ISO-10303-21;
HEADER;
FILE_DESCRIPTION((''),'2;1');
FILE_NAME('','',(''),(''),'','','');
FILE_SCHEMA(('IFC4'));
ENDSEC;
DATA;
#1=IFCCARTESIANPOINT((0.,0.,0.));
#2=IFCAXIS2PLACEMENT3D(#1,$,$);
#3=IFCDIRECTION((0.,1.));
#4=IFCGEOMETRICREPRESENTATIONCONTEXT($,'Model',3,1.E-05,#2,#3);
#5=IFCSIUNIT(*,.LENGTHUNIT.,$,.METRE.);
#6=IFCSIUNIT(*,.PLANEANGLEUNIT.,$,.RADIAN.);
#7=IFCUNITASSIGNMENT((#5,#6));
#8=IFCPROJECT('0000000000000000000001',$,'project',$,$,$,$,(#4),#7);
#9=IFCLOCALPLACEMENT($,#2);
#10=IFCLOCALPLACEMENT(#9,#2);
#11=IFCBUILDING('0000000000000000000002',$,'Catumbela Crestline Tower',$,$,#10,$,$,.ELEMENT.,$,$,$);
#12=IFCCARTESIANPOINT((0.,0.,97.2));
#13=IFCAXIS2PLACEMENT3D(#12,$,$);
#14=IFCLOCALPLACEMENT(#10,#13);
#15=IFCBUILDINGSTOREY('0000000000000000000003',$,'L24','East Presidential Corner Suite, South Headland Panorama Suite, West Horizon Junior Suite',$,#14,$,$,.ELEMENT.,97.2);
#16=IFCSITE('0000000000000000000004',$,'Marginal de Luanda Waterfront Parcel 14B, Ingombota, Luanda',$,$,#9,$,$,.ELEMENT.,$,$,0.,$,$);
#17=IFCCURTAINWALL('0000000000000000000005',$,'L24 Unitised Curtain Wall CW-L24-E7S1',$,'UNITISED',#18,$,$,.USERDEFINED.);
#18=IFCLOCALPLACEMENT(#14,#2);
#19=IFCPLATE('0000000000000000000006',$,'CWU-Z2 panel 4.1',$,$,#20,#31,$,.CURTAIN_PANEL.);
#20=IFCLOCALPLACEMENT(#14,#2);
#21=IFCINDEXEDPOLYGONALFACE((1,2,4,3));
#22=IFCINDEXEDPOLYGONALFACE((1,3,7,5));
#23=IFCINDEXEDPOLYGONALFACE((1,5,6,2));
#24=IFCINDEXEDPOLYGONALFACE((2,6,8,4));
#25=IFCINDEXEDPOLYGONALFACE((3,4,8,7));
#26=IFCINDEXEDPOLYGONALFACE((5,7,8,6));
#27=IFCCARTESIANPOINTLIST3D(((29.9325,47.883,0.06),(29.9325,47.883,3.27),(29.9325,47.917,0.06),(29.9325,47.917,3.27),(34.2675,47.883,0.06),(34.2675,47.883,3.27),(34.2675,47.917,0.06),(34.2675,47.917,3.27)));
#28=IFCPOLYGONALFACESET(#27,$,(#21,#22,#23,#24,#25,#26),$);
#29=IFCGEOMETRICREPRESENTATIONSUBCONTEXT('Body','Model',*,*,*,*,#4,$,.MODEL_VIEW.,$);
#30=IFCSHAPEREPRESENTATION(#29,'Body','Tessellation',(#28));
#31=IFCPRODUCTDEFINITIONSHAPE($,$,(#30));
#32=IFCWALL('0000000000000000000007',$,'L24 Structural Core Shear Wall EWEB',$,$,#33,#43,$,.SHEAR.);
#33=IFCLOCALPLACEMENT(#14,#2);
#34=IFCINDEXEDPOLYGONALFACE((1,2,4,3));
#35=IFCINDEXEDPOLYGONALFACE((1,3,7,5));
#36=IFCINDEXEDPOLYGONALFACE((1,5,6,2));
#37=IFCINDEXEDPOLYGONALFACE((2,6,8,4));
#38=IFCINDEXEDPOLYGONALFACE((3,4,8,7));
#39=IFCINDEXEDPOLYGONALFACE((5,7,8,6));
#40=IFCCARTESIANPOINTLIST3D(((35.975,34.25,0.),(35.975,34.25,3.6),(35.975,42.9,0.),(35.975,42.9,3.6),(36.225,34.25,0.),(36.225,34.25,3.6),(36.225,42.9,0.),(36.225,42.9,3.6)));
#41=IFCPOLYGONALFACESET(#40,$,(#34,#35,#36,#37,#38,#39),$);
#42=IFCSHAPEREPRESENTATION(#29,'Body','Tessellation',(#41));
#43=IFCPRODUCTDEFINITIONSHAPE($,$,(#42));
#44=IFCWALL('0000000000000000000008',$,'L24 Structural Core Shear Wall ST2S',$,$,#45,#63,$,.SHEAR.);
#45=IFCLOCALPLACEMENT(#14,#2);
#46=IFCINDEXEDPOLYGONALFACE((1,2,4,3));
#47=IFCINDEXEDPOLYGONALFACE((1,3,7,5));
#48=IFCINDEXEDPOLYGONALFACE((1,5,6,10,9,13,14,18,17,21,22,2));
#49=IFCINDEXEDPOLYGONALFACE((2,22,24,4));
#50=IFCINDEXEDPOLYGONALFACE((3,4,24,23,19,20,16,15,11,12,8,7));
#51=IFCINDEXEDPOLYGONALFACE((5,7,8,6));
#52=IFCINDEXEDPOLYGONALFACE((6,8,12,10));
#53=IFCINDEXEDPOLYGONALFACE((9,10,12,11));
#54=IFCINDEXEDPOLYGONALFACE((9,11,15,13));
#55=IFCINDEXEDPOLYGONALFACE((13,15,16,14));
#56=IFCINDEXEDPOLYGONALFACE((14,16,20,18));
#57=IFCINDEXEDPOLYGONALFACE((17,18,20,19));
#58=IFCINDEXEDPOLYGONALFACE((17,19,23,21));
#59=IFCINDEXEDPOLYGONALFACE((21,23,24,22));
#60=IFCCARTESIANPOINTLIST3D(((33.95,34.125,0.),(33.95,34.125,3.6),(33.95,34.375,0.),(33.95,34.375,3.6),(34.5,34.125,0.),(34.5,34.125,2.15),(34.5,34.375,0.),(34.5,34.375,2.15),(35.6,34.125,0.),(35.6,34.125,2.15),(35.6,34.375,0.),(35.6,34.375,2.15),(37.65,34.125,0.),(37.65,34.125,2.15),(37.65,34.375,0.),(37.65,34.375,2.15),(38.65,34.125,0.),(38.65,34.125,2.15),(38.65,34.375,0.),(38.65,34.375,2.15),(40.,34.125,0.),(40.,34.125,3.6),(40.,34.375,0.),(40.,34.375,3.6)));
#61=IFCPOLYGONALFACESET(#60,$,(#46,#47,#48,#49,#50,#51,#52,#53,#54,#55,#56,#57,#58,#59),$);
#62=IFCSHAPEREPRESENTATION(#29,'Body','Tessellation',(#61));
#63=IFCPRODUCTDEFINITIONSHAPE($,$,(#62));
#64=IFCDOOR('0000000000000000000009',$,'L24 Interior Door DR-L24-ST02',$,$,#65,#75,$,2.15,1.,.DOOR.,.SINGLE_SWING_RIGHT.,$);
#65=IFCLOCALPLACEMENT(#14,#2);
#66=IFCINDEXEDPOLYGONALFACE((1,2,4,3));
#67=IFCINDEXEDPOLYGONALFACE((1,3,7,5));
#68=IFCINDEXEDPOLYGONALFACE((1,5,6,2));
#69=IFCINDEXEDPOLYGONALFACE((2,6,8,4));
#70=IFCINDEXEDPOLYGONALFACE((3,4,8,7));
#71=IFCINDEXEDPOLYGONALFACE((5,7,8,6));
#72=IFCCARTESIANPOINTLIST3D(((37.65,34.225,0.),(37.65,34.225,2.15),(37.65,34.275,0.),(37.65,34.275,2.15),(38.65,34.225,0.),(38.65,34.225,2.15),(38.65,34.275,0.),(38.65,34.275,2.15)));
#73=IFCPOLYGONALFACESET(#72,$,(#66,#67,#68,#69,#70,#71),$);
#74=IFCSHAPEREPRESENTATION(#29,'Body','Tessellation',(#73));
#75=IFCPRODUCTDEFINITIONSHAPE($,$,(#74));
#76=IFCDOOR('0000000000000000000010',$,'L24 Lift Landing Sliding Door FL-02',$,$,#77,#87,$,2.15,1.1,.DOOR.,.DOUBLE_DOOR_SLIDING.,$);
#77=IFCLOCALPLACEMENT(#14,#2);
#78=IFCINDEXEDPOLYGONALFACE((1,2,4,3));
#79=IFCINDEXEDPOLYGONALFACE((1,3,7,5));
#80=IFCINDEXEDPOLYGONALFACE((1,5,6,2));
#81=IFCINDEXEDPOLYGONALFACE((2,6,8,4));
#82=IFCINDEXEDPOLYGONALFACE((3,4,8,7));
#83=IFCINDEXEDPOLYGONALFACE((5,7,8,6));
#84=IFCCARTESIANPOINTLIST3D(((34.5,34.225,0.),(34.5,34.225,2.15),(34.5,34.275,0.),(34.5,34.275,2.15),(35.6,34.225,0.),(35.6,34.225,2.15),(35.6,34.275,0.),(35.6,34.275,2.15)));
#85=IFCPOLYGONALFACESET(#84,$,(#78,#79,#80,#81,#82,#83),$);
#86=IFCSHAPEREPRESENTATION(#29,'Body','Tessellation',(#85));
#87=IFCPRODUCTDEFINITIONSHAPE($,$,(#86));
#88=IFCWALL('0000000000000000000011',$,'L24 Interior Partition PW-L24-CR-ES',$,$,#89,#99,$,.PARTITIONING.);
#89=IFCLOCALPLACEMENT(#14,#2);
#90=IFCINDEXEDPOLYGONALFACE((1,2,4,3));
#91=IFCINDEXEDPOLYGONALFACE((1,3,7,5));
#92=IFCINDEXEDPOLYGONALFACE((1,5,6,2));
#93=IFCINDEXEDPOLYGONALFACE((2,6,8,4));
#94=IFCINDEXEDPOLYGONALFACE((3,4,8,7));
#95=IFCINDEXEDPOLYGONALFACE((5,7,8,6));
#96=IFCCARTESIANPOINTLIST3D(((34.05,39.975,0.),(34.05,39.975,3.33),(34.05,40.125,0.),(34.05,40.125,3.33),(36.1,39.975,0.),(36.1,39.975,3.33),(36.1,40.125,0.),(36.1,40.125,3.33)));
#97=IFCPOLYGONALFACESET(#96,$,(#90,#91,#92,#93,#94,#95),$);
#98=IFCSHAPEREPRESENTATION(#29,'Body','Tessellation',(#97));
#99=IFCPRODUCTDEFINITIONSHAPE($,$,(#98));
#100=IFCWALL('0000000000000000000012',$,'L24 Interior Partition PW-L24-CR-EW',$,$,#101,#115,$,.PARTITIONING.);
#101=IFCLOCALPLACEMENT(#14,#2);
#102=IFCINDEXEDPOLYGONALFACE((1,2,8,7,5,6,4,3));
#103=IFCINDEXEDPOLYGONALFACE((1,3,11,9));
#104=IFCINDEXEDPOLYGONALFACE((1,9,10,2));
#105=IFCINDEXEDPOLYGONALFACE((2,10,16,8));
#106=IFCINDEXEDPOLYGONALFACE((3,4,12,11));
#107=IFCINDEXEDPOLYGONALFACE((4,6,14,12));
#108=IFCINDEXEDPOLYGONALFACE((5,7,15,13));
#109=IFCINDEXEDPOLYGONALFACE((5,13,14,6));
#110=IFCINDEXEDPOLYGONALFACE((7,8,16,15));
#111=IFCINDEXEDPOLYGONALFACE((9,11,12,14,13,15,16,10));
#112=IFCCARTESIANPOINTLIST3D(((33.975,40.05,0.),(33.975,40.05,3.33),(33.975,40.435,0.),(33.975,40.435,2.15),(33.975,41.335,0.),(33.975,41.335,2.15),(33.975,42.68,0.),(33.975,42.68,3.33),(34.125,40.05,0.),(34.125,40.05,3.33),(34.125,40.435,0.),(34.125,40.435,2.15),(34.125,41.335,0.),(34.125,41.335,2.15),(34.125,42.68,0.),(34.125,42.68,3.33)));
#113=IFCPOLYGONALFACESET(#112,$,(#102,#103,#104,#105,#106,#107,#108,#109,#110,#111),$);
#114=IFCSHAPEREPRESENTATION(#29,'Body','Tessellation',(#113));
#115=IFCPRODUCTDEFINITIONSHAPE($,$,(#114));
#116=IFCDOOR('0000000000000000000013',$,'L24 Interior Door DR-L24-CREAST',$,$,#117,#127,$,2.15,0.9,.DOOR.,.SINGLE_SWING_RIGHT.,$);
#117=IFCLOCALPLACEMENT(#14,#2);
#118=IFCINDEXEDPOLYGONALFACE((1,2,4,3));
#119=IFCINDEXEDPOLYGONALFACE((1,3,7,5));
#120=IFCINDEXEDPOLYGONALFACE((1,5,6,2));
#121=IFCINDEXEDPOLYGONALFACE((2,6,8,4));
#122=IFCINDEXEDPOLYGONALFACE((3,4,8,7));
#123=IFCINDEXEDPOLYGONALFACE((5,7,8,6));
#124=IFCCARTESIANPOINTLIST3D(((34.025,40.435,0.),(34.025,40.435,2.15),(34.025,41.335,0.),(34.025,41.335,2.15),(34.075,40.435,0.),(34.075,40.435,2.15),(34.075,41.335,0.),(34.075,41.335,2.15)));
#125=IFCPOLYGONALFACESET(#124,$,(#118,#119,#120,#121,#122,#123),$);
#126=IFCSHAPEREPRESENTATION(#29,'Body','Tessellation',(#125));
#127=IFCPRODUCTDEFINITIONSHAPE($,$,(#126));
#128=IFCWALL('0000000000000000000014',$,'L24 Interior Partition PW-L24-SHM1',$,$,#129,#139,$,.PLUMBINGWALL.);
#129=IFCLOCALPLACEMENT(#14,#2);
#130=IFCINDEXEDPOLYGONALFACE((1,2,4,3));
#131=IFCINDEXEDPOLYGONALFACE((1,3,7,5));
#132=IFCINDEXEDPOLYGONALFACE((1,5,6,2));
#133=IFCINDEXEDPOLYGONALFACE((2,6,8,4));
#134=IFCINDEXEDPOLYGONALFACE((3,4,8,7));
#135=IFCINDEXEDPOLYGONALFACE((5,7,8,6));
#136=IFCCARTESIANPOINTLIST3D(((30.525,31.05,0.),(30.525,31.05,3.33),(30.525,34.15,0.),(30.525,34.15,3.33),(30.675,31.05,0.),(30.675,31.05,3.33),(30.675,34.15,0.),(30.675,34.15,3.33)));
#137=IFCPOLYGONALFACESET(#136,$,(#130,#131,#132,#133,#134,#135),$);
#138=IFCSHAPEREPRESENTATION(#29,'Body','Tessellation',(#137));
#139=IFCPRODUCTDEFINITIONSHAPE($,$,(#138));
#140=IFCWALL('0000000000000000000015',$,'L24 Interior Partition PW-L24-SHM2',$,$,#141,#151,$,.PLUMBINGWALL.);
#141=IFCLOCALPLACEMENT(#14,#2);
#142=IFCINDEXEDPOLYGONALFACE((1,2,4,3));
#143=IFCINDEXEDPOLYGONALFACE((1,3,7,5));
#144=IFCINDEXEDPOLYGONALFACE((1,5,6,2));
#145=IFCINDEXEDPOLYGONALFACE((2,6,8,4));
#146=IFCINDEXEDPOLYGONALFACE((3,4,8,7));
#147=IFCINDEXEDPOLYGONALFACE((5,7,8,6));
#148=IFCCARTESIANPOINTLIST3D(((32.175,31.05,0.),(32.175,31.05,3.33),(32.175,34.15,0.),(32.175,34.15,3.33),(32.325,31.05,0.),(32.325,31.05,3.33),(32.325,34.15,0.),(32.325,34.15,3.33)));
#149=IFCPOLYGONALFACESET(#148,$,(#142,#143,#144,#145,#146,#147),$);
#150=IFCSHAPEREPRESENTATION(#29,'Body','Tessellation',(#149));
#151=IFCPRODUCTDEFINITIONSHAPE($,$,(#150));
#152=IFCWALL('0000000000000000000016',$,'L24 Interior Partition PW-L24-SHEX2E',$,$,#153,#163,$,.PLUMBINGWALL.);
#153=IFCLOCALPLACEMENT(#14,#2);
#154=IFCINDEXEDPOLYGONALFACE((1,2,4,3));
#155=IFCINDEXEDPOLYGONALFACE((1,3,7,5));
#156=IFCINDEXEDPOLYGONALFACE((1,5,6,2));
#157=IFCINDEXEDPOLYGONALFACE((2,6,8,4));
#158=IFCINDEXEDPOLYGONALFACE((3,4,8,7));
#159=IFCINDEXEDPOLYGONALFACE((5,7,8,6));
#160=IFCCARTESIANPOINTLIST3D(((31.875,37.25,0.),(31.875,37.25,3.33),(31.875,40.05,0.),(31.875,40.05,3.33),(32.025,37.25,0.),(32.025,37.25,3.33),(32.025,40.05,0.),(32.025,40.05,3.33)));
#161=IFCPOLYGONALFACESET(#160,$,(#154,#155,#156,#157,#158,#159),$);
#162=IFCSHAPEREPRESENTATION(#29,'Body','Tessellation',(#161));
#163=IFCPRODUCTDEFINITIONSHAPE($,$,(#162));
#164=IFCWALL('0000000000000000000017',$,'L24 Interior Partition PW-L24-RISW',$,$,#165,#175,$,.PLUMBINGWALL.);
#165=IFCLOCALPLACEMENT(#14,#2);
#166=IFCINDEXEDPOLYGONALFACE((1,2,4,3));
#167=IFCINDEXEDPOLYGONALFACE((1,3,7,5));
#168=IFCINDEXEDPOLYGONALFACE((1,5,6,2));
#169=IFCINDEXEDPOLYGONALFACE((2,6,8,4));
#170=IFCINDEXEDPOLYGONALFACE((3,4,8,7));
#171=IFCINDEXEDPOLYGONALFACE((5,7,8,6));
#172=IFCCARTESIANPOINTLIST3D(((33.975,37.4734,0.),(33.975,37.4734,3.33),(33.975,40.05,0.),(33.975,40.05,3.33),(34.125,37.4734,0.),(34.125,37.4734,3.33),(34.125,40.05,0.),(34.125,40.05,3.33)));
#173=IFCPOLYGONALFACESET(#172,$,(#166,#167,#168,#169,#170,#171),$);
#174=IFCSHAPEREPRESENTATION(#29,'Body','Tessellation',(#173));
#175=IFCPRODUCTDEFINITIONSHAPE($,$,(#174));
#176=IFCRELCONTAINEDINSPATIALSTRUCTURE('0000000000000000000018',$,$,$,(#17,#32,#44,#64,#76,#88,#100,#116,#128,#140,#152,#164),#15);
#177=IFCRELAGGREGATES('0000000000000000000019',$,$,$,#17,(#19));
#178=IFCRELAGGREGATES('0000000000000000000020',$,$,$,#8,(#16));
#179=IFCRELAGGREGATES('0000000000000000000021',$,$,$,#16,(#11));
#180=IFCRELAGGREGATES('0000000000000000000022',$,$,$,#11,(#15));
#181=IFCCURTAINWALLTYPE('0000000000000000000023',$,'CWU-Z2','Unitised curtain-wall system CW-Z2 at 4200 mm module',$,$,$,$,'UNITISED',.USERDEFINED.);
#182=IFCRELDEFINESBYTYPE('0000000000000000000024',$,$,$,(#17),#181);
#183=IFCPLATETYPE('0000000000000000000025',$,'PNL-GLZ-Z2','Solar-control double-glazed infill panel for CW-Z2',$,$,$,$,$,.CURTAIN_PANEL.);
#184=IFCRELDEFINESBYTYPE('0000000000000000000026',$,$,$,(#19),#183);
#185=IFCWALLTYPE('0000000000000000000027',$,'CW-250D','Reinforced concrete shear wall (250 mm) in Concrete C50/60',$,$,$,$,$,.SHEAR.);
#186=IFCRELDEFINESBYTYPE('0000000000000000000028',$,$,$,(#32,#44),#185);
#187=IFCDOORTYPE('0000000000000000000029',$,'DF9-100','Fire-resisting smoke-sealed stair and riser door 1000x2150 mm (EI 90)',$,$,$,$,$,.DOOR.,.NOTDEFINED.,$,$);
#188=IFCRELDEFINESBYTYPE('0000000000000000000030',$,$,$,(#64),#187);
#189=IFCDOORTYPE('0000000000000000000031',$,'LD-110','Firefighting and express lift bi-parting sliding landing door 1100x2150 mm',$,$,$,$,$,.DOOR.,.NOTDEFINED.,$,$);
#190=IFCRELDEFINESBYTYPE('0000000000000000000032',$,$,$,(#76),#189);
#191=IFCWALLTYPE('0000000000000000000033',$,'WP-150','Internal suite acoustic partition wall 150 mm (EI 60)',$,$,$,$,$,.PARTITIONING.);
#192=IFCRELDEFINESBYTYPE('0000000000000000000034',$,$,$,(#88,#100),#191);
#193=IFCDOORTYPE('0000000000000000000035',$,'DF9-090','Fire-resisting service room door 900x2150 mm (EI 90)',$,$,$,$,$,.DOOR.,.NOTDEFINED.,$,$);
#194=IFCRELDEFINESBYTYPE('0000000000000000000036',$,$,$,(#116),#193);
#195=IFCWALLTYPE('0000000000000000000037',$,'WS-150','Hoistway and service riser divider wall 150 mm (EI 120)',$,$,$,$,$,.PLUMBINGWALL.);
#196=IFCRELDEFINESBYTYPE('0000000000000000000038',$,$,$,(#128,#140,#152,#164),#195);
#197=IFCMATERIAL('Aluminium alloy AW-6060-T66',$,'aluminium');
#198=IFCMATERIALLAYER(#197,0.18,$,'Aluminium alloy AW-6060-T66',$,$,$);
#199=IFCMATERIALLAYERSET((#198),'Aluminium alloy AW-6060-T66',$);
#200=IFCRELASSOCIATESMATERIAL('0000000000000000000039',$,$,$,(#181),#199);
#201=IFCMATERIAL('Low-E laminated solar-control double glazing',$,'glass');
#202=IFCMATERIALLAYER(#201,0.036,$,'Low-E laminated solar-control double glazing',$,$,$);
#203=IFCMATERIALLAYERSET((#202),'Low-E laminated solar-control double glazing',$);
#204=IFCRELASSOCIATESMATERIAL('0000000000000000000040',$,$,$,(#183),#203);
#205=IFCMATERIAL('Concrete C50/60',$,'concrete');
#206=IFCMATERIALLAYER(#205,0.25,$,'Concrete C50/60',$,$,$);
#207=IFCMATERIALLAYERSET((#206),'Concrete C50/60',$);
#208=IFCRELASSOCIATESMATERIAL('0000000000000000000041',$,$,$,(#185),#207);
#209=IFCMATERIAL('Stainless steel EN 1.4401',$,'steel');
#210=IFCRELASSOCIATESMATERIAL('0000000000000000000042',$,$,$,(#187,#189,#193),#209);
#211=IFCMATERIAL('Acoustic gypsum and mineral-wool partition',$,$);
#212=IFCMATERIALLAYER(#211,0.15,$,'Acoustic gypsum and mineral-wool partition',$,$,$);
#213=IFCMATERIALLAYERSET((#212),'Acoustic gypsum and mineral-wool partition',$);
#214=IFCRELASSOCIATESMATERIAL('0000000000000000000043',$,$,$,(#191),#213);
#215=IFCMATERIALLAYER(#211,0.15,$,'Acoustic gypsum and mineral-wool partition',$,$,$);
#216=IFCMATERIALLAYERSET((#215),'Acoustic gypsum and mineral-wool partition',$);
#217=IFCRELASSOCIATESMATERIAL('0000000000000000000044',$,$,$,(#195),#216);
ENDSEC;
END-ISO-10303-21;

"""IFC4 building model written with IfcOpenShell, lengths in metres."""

from ifc_helpers import new_model, si_unit, direction, frame, frame_2d, origin, origin_2d, place, context, subcontext, project, spatial, rectangle, extrude, material, layer, layer_set, type_object, element, fill, aggregate, save


model = new_model("IFC4")

# Units and contexts
model_context = context("Model", 3, precision=1e-05, world=origin(), true_north=direction((0.0, 1.0)))
body_context = subcontext(model_context, "Body", "Model", "MODEL_VIEW")
ifc_project = project(units=[si_unit("LENGTHUNIT", "METRE"), si_unit("PLANEANGLEUNIT", "RADIAN")], contexts=[model_context])

# Site, building, storey
site_placement = place(None, origin())
site = spatial("IfcSite", under=ifc_project, at=site_placement, Name="Marginal de Luanda Waterfront Parcel 14B, Ingombota, Luanda", CompositionType="ELEMENT", RefElevation=0.0)
building_placement = place(site_placement, origin())
building = spatial("IfcBuilding", under=site, at=building_placement, Name="Catumbela Crestline Tower", CompositionType="ELEMENT")
storey_placement = place(building_placement, frame((0.0, 0.0, 97.2)))
storey = spatial("IfcBuildingStorey", under=building, at=storey_placement, Name="L24", Description="East Presidential Corner Suite, South Headland Panorama Suite, West Horizon Junior Suite", CompositionType="ELEMENT", Elevation=97.2)

# Shared definitions
ifc_material_1 = material(Name="Concrete C50/60", Category="concrete")

# Curtain wall
ifc_material_2 = material(Name="Aluminium alloy AW-6060-T66", Category="aluminium")
ifc_layer_1 = layer(ifc_material_2, 0.18, Name="Aluminium alloy AW-6060-T66")
ifc_layer_set_1 = layer_set([ifc_layer_1], Name="Aluminium alloy AW-6060-T66")
curtain_wall_type = type_object("IfcCurtainWallType", Name="CWU-Z2", Description="Unitised curtain-wall system CW-Z2 at 4200 mm module", ElementType="UNITISED", PredefinedType="USERDEFINED", material=ifc_layer_set_1)
curtain_wall_placement = place(storey_placement, origin())
curtain_wall = element("IfcCurtainWall", 1, at=curtain_wall_placement, inside=storey, type_object=curtain_wall_type, Name="L24 Unitised Curtain Wall CW-L24-E7S1", ObjectType="UNITISED", PredefinedType="USERDEFINED")

# Plate
ifc_material_3 = material(Name="Low-E laminated solar-control double glazing", Category="glass")
ifc_layer_2 = layer(ifc_material_3, 0.036, Name="Low-E laminated solar-control double glazing")
ifc_layer_set_2 = layer_set([ifc_layer_2], Name="Low-E laminated solar-control double glazing")
plate_type = type_object("IfcPlateType", Name="PNL-GLZ-Z2", Description="Solar-control double-glazed infill panel for CW-Z2", PredefinedType="CURTAIN_PANEL", material=ifc_layer_set_2)
plate_1_placement = place(storey_placement, frame((32.1, 47.9, 0.06), z_axis=(0.0, 0.0, 1.0), x_axis=(-1.0, 0.0, 0.0)))
plate_1 = element("IfcPlate", 2, at=plate_1_placement, type_object=plate_type, Name="CWU-Z2 panel 4.1", PredefinedType="CURTAIN_PANEL", context=body_context, shape_type="SweptSolid", body=[
    extrude(rectangle(XDim=4.335, YDim=0.034, at=origin_2d()), origin(), (0.0, 0.0, 1.0), 3.21),
])
aggregate(curtain_wall, [plate_1])

# Wall
ifc_layer_3 = layer(ifc_material_1, 0.25, Name="Concrete C50/60")
ifc_layer_set_3 = layer_set([ifc_layer_3], Name="Concrete C50/60")
wall_type_1 = type_object("IfcWallType", Name="CW-250D", Description="Reinforced concrete shear wall (250 mm) in Concrete C50/60", PredefinedType="SHEAR", material=ifc_layer_set_3)
wall_1_placement = place(storey_placement, frame((36.1, 34.25, 0.0), z_axis=(0.0, 0.0, 1.0), x_axis=(0.0, 1.0, 0.0)))
element("IfcWall", 3, at=wall_1_placement, inside=storey, type_object=wall_type_1, Name="L24 Structural Core Shear Wall EWEB", PredefinedType="SHEAR", context=body_context, shape_type="SweptSolid", body=[
    extrude(rectangle(XDim=8.65, YDim=0.25, at=frame_2d((4.325, 0.0))), origin(), (0.0, 0.0, 1.0), 3.6),
])

# Wall, openings, doors
wall_2_placement = place(storey_placement, frame((33.95, 34.25, 0.0), z_axis=(0.0, 0.0, 1.0), x_axis=(1.0, 0.0, 0.0)))
wall_2 = element("IfcWall", 4, at=wall_2_placement, inside=storey, type_object=wall_type_1, Name="L24 Structural Core Shear Wall ST2S", PredefinedType="SHEAR", context=body_context, shape_type="SweptSolid", body=[
    extrude(rectangle(XDim=6.05, YDim=0.25, at=frame_2d((3.025, 0.0))), origin(), (0.0, 0.0, 1.0), 3.6),
])
opening_1_placement = place(wall_2_placement, frame((3.7, 0.0, 0.0)))
opening_1 = element("IfcOpeningElement", 5, at=opening_1_placement, cuts=wall_2, PredefinedType="OPENING", context=body_context, shape_type="SweptSolid", body=[
    extrude(rectangle(XDim=1.0, YDim=2.15, at=frame_2d((0.5, 1.075))), frame((0.0, 0.135, 0.0), z_axis=(0.0, -1.0, 0.0), x_axis=(1.0, 0.0, 0.0)), (0.0, 0.0, 1.0), 0.27),
])
opening_2_placement = place(wall_2_placement, frame((0.55, 0.0, 0.0)))
opening_2 = element("IfcOpeningElement", 6, at=opening_2_placement, cuts=wall_2, PredefinedType="OPENING", context=body_context, shape_type="SweptSolid", body=[
    extrude(rectangle(XDim=1.1, YDim=2.15, at=frame_2d((0.55, 1.075))), frame((0.0, 0.135, 0.0), z_axis=(0.0, -1.0, 0.0), x_axis=(1.0, 0.0, 0.0)), (0.0, 0.0, 1.0), 0.27),
])
ifc_material_4 = material(Name="Stainless steel EN 1.4401", Category="steel")
door_type_1 = type_object("IfcDoorType", Name="DF9-100", Description="Fire-resisting smoke-sealed stair and riser door 1000x2150 mm (EI 90)", OperationType="NOTDEFINED", PredefinedType="DOOR", material=ifc_material_4)
door_1_placement = place(opening_1_placement, origin())
door_1 = element("IfcDoor", 7, at=door_1_placement, inside=storey, type_object=door_type_1, Name="L24 Interior Door DR-L24-ST02", OperationType="SINGLE_SWING_RIGHT", OverallHeight=2.15, OverallWidth=1.0, PredefinedType="DOOR", context=body_context, shape_type="SweptSolid", body=[
    extrude(rectangle(XDim=1.0, YDim=2.15, at=frame_2d((0.5, 1.075))), frame((0.0, 0.025, 0.0), z_axis=(0.0, -1.0, 0.0), x_axis=(1.0, 0.0, 0.0)), (0.0, 0.0, 1.0), 0.05),
])
fill(opening_1, door_1)
door_type_2 = type_object("IfcDoorType", Name="LD-110", Description="Firefighting and express lift bi-parting sliding landing door 1100x2150 mm", OperationType="NOTDEFINED", PredefinedType="DOOR", material=ifc_material_4)
door_2_placement = place(opening_2_placement, origin())
door_2 = element("IfcDoor", 8, at=door_2_placement, inside=storey, type_object=door_type_2, Name="L24 Lift Landing Sliding Door FL-02", OperationType="DOUBLE_DOOR_SLIDING", OverallHeight=2.15, OverallWidth=1.1, PredefinedType="DOOR", context=body_context, shape_type="SweptSolid", body=[
    extrude(rectangle(XDim=1.1, YDim=2.15, at=frame_2d((0.55, 1.075))), frame((0.0, 0.025, 0.0), z_axis=(0.0, -1.0, 0.0), x_axis=(1.0, 0.0, 0.0)), (0.0, 0.0, 1.0), 0.05),
])
fill(opening_2, door_2)

# Wall
ifc_material_5 = material(Name="Acoustic gypsum and mineral-wool partition")
ifc_layer_4 = layer(ifc_material_5, 0.15, Name="Acoustic gypsum and mineral-wool partition")
ifc_layer_set_4 = layer_set([ifc_layer_4], Name="Acoustic gypsum and mineral-wool partition")
wall_type_2 = type_object("IfcWallType", Name="WP-150", Description="Internal suite acoustic partition wall 150 mm (EI 60)", PredefinedType="PARTITIONING", material=ifc_layer_set_4)
wall_3_placement = place(storey_placement, frame((34.05, 40.05, 0.0), z_axis=(0.0, 0.0, 1.0), x_axis=(1.0, 0.0, 0.0)))
element("IfcWall", 9, at=wall_3_placement, inside=storey, type_object=wall_type_2, Name="L24 Interior Partition PW-L24-CR-ES", PredefinedType="PARTITIONING", context=body_context, shape_type="SweptSolid", body=[
    extrude(rectangle(XDim=2.05, YDim=0.15, at=frame_2d((1.025, 0.0))), origin(), (0.0, 0.0, 1.0), 3.33),
])

# Wall, opening, door
wall_4_placement = place(storey_placement, frame((34.05, 40.05, 0.0), z_axis=(0.0, 0.0, 1.0), x_axis=(0.0, 1.0, 0.0)))
wall_4 = element("IfcWall", 10, at=wall_4_placement, inside=storey, type_object=wall_type_2, Name="L24 Interior Partition PW-L24-CR-EW", PredefinedType="PARTITIONING", context=body_context, shape_type="SweptSolid", body=[
    extrude(rectangle(XDim=2.63, YDim=0.15, at=frame_2d((1.315, 0.0))), origin(), (0.0, 0.0, 1.0), 3.33),
])
opening_3_placement = place(wall_4_placement, frame((0.385, 0.0, 0.0)))
opening_3 = element("IfcOpeningElement", 11, at=opening_3_placement, cuts=wall_4, PredefinedType="OPENING", context=body_context, shape_type="SweptSolid", body=[
    extrude(rectangle(XDim=0.9, YDim=2.15, at=frame_2d((0.45, 1.075))), frame((0.0, 0.085, 0.0), z_axis=(0.0, -1.0, 0.0), x_axis=(1.0, 0.0, 0.0)), (0.0, 0.0, 1.0), 0.17),
])
door_type_3 = type_object("IfcDoorType", Name="DF9-090", Description="Fire-resisting service room door 900x2150 mm (EI 90)", OperationType="NOTDEFINED", PredefinedType="DOOR", material=ifc_material_4)
door_3_placement = place(opening_3_placement, origin())
door_3 = element("IfcDoor", 12, at=door_3_placement, inside=storey, type_object=door_type_3, Name="L24 Interior Door DR-L24-CREAST", OperationType="SINGLE_SWING_RIGHT", OverallHeight=2.15, OverallWidth=0.9, PredefinedType="DOOR", context=body_context, shape_type="SweptSolid", body=[
    extrude(rectangle(XDim=0.9, YDim=2.15, at=frame_2d((0.45, 1.075))), frame((0.0, 0.025, 0.0), z_axis=(0.0, -1.0, 0.0), x_axis=(1.0, 0.0, 0.0)), (0.0, 0.0, 1.0), 0.05),
])
fill(opening_3, door_3)

# Walls
ifc_layer_5 = layer(ifc_material_5, 0.15, Name="Acoustic gypsum and mineral-wool partition")
ifc_layer_set_5 = layer_set([ifc_layer_5], Name="Acoustic gypsum and mineral-wool partition")
wall_type_3 = type_object("IfcWallType", Name="WS-150", Description="Hoistway and service riser divider wall 150 mm (EI 120)", PredefinedType="PLUMBINGWALL", material=ifc_layer_set_5)
for number, where, z_axis, x_axis, name in (
    (13, (30.6, 31.05, 0.0), (0.0, 0.0, 1.0), (0.0, 1.0, 0.0), "L24 Interior Partition PW-L24-SHM1"),
    (14, (32.25, 31.05, 0.0), (0.0, 0.0, 1.0), (0.0, 1.0, 0.0), "L24 Interior Partition PW-L24-SHM2"),
):
    element("IfcWall", number, at=place(storey_placement, frame(where, z_axis=z_axis, x_axis=x_axis)), inside=storey, type_object=wall_type_3, Name=name, PredefinedType="PLUMBINGWALL", context=body_context, shape_type="SweptSolid", body=[
        extrude(rectangle(XDim=3.1, YDim=0.15, at=frame_2d((1.55, 0.0))), origin(), (0.0, 0.0, 1.0), 3.33),
    ])
wall_5_placement = place(storey_placement, frame((31.95, 37.25, 0.0), z_axis=(0.0, 0.0, 1.0), x_axis=(0.0, 1.0, 0.0)))
element("IfcWall", 15, at=wall_5_placement, inside=storey, type_object=wall_type_3, Name="L24 Interior Partition PW-L24-SHEX2E", PredefinedType="PLUMBINGWALL", context=body_context, shape_type="SweptSolid", body=[
    extrude(rectangle(XDim=2.8, YDim=0.15, at=frame_2d((1.4, 0.0))), origin(), (0.0, 0.0, 1.0), 3.33),
])
wall_6_placement = place(storey_placement, frame((34.05, 37.4734, 0.0), z_axis=(0.0, 0.0, 1.0), x_axis=(0.0, 1.0, 0.0)))
element("IfcWall", 16, at=wall_6_placement, inside=storey, type_object=wall_type_3, Name="L24 Interior Partition PW-L24-RISW", PredefinedType="PLUMBINGWALL", context=body_context, shape_type="SweptSolid", body=[
    extrude(rectangle(XDim=2.5766, YDim=0.15, at=frame_2d((1.2883, 0.0))), origin(), (0.0, 0.0, 1.0), 3.33),
])

save(model, "model.ifc")
